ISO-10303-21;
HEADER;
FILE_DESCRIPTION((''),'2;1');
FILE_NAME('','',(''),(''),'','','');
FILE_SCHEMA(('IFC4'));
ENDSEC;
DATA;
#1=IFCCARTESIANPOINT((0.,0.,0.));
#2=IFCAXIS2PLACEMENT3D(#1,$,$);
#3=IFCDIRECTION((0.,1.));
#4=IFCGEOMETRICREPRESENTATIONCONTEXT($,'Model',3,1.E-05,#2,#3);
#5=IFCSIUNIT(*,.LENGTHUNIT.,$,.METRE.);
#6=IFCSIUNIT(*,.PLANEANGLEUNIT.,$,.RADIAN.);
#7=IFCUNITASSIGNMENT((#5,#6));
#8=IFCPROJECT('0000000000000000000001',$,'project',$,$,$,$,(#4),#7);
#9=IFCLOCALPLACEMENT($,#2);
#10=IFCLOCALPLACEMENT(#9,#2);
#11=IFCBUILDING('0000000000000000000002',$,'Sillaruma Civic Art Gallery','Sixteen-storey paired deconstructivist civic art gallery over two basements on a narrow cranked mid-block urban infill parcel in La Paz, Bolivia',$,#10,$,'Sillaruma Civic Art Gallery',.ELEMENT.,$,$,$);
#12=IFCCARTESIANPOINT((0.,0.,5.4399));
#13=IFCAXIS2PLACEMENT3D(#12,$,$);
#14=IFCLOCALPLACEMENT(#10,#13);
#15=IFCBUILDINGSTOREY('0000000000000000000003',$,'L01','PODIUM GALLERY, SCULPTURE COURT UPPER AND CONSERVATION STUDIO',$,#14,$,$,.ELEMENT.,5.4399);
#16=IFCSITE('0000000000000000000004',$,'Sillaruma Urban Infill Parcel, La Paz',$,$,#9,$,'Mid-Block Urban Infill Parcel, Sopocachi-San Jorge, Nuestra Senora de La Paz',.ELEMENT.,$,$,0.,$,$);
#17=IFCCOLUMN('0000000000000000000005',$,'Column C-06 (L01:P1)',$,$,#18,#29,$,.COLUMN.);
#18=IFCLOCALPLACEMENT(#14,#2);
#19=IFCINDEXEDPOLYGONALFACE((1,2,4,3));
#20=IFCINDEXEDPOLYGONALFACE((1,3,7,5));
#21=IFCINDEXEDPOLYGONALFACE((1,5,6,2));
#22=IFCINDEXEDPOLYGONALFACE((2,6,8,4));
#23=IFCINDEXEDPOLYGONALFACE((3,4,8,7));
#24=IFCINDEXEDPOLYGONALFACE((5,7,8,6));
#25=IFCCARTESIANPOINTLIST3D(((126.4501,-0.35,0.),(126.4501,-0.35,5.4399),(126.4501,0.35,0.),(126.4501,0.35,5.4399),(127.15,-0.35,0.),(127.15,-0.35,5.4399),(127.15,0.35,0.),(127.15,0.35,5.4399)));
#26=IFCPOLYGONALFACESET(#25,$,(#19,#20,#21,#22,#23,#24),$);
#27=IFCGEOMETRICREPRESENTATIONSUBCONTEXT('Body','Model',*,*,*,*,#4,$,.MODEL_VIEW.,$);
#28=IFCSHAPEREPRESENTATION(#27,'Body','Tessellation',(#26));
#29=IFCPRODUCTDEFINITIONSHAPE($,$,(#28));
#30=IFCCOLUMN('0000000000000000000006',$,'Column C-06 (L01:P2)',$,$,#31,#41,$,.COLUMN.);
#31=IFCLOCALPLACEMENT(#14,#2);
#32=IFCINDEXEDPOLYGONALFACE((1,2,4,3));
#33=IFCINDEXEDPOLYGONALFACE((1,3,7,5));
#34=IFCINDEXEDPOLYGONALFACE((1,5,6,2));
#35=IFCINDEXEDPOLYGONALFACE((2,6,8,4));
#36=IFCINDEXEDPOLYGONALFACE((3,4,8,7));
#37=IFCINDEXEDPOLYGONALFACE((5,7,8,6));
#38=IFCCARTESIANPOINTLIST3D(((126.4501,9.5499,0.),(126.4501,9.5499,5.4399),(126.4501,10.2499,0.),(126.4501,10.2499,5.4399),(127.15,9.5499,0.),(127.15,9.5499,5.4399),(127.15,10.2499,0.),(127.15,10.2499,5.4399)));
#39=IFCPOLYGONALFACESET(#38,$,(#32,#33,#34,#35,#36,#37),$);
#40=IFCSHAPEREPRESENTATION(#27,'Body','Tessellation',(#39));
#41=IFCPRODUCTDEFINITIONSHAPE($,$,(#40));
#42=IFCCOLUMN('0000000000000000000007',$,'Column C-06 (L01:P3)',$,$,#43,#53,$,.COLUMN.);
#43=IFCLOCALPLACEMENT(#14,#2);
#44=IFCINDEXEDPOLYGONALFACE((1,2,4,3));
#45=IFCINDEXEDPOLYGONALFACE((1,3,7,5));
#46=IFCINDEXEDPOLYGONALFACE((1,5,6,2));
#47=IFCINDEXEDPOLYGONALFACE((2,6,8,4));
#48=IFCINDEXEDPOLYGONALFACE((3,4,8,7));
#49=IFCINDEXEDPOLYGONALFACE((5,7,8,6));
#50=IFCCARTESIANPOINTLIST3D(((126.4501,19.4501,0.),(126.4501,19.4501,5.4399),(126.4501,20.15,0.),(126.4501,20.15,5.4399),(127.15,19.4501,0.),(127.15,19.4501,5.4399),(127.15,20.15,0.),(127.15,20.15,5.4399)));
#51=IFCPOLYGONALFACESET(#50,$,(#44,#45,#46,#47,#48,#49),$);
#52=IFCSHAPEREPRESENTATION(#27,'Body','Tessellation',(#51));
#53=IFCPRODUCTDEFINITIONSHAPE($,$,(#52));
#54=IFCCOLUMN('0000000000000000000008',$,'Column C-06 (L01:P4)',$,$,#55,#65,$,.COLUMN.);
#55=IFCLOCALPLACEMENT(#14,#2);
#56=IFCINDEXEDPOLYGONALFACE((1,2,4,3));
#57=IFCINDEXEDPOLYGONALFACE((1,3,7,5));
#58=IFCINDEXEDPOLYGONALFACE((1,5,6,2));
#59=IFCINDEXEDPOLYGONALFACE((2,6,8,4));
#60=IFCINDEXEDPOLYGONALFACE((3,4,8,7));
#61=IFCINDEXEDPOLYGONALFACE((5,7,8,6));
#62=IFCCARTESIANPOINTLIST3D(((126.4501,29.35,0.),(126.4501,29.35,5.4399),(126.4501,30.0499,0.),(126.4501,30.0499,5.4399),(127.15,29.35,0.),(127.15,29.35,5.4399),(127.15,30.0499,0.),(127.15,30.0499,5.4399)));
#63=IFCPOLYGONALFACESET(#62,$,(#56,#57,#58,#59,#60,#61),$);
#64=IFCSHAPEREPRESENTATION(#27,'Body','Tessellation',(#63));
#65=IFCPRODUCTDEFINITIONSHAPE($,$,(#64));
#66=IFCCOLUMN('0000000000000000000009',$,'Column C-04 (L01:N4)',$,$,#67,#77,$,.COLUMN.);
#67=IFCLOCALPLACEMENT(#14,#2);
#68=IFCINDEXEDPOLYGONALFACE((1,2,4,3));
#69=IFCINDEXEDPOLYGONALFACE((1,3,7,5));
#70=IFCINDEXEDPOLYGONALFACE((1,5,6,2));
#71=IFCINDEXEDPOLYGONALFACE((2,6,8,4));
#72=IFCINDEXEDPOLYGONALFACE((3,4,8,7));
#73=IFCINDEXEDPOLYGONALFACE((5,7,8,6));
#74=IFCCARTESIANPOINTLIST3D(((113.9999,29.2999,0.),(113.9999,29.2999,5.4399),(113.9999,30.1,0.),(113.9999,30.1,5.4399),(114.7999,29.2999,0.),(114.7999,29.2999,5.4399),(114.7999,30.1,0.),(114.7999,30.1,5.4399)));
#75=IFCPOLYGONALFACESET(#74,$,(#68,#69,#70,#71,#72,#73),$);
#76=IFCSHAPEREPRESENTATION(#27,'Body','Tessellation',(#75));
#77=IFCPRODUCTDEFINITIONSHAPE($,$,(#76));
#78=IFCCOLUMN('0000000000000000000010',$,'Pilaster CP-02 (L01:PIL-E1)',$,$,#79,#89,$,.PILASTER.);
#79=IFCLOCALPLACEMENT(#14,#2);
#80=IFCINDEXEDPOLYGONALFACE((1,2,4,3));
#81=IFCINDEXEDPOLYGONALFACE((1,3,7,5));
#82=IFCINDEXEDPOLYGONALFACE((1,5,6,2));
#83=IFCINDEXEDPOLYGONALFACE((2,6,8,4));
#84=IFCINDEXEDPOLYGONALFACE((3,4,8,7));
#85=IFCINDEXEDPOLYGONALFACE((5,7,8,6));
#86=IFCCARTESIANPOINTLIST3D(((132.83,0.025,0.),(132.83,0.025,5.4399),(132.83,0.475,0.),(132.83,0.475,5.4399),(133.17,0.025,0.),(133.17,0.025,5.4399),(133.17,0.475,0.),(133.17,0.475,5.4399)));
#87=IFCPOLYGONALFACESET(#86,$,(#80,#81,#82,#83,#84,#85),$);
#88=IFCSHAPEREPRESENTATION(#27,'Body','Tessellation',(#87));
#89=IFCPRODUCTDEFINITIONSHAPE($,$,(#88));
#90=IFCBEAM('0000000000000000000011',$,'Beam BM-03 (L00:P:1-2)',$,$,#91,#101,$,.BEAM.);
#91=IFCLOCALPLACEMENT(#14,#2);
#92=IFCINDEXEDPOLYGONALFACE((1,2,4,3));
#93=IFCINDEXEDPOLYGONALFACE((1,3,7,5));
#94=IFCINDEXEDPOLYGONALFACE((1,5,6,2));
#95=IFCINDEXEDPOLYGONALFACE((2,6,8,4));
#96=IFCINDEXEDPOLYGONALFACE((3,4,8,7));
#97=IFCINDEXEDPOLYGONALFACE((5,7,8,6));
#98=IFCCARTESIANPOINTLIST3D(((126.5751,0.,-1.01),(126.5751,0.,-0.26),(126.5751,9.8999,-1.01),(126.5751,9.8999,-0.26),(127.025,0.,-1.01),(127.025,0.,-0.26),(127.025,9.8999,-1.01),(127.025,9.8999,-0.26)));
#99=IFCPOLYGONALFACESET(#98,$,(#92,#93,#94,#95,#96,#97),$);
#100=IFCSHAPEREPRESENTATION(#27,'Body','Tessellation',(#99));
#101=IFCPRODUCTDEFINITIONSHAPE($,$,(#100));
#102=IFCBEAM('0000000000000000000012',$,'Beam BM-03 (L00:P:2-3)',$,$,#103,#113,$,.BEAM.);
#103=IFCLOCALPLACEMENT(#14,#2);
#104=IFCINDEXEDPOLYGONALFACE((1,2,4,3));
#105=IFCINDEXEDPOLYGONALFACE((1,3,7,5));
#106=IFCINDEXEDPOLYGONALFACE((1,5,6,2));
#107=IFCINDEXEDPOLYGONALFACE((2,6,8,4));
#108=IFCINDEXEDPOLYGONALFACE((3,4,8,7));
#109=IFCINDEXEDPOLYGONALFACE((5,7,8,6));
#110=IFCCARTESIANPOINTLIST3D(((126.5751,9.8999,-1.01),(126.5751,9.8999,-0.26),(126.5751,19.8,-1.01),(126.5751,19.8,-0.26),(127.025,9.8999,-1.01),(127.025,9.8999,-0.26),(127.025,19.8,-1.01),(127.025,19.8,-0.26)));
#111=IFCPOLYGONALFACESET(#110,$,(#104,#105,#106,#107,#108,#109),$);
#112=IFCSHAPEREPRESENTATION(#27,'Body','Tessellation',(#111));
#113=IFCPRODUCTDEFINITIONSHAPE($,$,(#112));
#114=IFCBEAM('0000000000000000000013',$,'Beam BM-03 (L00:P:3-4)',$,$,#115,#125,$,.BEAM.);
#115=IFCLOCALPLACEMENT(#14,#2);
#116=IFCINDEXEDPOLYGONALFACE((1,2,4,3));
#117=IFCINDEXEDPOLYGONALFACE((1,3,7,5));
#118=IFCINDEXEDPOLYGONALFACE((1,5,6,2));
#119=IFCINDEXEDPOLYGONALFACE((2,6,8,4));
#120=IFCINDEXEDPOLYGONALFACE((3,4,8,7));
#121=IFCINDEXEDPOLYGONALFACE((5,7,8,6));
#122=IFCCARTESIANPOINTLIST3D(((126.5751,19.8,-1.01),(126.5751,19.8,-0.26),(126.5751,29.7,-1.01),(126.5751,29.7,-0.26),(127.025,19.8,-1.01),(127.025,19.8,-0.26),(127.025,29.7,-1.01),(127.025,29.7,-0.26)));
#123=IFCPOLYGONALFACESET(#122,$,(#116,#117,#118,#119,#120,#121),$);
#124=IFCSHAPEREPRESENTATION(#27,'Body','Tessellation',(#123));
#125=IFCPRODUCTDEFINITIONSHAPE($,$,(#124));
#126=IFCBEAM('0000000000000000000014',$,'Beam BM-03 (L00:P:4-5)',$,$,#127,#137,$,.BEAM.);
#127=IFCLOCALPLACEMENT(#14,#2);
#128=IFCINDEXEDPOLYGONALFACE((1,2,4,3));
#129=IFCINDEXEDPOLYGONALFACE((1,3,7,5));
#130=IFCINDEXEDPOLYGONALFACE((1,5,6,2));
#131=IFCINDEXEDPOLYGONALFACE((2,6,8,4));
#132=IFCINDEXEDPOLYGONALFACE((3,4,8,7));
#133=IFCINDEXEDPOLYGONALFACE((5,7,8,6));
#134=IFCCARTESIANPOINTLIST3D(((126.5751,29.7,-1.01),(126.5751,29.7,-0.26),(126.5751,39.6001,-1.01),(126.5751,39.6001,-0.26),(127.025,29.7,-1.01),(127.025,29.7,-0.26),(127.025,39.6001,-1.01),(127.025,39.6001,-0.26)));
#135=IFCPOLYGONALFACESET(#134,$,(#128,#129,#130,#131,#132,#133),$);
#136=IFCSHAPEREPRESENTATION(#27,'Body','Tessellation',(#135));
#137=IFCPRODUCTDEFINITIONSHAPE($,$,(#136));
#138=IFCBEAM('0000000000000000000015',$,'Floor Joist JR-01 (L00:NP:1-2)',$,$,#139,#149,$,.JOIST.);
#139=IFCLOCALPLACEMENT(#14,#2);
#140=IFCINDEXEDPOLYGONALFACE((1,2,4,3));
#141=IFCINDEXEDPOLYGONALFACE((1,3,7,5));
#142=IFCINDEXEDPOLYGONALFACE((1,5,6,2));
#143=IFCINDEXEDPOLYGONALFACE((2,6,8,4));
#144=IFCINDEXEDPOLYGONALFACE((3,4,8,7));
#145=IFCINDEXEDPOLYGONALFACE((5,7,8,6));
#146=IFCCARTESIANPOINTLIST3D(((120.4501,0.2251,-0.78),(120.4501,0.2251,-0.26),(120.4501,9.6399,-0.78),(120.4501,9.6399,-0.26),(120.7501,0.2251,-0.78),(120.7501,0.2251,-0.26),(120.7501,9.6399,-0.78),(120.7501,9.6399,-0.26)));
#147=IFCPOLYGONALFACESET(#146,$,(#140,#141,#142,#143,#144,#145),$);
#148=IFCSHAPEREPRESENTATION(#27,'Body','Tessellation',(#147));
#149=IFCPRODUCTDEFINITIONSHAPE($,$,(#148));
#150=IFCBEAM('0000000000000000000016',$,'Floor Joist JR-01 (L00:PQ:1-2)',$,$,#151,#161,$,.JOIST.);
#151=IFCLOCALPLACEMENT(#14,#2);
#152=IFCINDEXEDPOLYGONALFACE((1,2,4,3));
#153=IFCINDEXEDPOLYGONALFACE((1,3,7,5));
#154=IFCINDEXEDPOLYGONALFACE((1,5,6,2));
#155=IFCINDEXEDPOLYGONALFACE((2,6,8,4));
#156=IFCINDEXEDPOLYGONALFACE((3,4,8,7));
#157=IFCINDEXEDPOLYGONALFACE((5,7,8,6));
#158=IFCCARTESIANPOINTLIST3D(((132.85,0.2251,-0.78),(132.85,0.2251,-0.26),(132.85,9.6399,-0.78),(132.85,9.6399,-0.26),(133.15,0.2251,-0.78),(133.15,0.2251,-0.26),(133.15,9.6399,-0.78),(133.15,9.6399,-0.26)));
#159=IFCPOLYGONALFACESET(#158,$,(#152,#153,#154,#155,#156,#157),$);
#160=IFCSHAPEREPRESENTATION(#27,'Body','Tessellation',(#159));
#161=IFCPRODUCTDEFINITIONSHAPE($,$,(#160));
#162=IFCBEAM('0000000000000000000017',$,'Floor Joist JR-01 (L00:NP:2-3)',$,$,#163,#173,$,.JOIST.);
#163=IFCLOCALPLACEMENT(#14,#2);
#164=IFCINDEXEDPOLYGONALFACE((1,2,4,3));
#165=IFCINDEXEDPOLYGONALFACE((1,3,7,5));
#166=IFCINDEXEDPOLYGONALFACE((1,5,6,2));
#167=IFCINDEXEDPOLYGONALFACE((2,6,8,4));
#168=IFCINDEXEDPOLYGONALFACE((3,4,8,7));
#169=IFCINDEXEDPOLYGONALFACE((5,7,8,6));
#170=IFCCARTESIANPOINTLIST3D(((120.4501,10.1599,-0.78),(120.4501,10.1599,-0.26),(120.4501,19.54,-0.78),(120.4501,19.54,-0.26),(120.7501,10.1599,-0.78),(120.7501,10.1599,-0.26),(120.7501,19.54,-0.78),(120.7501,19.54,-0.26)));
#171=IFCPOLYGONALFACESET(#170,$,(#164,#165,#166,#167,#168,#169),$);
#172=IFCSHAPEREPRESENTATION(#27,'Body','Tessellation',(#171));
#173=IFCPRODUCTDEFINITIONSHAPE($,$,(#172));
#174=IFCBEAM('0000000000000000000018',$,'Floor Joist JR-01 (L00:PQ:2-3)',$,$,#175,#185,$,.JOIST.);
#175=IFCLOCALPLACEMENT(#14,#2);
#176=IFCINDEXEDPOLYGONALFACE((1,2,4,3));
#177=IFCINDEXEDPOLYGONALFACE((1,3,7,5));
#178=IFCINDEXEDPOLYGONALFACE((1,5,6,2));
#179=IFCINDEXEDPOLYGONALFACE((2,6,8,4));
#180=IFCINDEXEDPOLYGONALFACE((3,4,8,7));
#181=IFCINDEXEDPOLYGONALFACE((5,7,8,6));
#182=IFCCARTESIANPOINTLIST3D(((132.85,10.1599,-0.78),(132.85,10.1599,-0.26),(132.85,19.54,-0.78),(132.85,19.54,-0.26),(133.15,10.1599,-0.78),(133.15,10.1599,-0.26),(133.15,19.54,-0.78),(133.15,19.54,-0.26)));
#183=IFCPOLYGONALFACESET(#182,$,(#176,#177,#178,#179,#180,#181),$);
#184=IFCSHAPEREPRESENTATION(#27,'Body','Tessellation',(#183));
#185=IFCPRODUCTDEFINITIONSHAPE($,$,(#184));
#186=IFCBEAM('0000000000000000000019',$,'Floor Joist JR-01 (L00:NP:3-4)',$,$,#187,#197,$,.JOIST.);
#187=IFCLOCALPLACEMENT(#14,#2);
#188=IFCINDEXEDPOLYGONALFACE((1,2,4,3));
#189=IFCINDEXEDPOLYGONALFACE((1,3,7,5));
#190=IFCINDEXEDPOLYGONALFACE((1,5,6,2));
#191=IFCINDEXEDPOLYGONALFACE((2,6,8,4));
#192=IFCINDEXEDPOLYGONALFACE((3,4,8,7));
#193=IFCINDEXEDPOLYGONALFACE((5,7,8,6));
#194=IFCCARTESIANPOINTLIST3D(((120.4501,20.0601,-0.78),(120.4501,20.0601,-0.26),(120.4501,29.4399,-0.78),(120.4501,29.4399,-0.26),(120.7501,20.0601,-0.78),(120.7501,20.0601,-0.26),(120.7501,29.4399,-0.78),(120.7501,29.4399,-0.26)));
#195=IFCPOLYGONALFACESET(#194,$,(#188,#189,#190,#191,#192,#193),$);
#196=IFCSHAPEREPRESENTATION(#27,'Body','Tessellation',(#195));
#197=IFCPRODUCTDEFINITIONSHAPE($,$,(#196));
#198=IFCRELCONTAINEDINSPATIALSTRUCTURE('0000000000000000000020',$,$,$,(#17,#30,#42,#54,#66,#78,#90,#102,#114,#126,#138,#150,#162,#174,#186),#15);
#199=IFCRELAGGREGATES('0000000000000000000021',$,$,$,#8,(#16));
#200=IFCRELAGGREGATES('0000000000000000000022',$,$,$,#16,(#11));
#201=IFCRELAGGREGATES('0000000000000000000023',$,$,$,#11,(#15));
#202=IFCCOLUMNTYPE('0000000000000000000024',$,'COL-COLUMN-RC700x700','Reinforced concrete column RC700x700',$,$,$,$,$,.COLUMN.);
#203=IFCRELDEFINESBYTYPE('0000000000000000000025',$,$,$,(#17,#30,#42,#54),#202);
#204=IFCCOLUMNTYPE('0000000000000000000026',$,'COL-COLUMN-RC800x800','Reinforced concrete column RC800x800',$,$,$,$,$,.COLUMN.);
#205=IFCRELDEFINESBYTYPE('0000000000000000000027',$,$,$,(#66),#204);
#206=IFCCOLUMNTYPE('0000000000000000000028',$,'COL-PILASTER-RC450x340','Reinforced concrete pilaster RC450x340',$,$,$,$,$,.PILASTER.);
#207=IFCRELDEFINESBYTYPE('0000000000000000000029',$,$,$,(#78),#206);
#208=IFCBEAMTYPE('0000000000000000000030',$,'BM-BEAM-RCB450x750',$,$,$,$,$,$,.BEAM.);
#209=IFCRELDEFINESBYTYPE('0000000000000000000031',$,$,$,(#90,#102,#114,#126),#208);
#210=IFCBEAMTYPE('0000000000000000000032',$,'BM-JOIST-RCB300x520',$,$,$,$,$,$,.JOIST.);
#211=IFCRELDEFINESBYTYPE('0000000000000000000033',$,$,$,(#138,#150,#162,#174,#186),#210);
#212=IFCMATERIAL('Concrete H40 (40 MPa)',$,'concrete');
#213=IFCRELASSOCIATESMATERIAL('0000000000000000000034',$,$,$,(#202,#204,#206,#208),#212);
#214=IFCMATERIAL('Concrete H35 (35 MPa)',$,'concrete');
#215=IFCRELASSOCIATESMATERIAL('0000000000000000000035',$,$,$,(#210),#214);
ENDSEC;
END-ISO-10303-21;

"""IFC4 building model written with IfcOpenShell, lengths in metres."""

from ifc_helpers import new_model, si_unit, direction, frame, origin, origin_2d, place, context, subcontext, project, spatial, rectangle, extrude, material, material_profile, profile_set, type_object, element, save


model = new_model("IFC4")

# Units and contexts
model_context = context("Model", 3, precision=1e-05, world=origin(), true_north=direction((0.0, 1.0)))
body_context = subcontext(model_context, "Body", "Model", "MODEL_VIEW")
ifc_project = project(units=[si_unit("LENGTHUNIT", "METRE"), si_unit("PLANEANGLEUNIT", "RADIAN")], contexts=[model_context])

# Site, building, storey
site_placement = place(None, origin())
site = spatial("IfcSite", under=ifc_project, at=site_placement, Name="Sillaruma Urban Infill Parcel, La Paz", LongName="Mid-Block Urban Infill Parcel, Sopocachi-San Jorge, Nuestra Senora de La Paz", CompositionType="ELEMENT", RefElevation=0.0)
building_placement = place(site_placement, origin())
building = spatial("IfcBuilding", under=site, at=building_placement, Name="Sillaruma Civic Art Gallery", Description="Sixteen-storey paired deconstructivist civic art gallery over two basements on a narrow cranked mid-block urban infill parcel in La Paz, Bolivia", LongName="Sillaruma Civic Art Gallery", CompositionType="ELEMENT")
storey_placement = place(building_placement, frame((0.0, 0.0, 5.4399)))
storey = spatial("IfcBuildingStorey", under=building, at=storey_placement, Name="L01", Description="PODIUM GALLERY, SCULPTURE COURT UPPER AND CONSERVATION STUDIO", CompositionType="ELEMENT", Elevation=5.4399)

# Columns
ifc_material_1 = material(Name="Concrete H40 (40 MPa)", Category="concrete")
ifc_material_profile_1 = material_profile(ifc_material_1, rectangle(XDim=0.7, YDim=0.7, at=origin_2d()), Name="RC700x700")
ifc_profile_set_1 = profile_set([ifc_material_profile_1], Name="Concrete H40 (40 MPa)")
column_type_1 = type_object("IfcColumnType", Name="COL-COLUMN-RC700x700", Description="Reinforced concrete column RC700x700", PredefinedType="COLUMN", material=ifc_profile_set_1)
for number, where, z_axis, x_axis, name in (
    (1, (126.8, 0.0, 0.0), (0.0, 0.0, 1.0), (1.0, 0.0, 0.0), "Column C-06 (L01:P1)"),
    (2, (126.8, 9.8999, 0.0), (0.0, 0.0, 1.0), (1.0, 0.0, 0.0), "Column C-06 (L01:P2)"),
    (3, (126.8, 19.8, 0.0), (0.0, 0.0, 1.0), (1.0, 0.0, 0.0), "Column C-06 (L01:P3)"),
    (4, (126.8, 29.7, 0.0), (0.0, 0.0, 1.0), (1.0, 0.0, 0.0), "Column C-06 (L01:P4)"),
):
    element("IfcColumn", number, at=place(storey_placement, frame(where, z_axis=z_axis, x_axis=x_axis)), inside=storey, type_object=column_type_1, Name=name, PredefinedType="COLUMN", context=body_context, shape_type="SweptSolid", body=[
        extrude(rectangle(XDim=0.7, YDim=0.7, at=origin_2d()), origin(), (0.0, 0.0, 1.0), 5.4399),
    ])
ifc_material_profile_2 = material_profile(ifc_material_1, rectangle(XDim=0.8, YDim=0.8, at=origin_2d()), Name="RC800x800")
ifc_profile_set_2 = profile_set([ifc_material_profile_2], Name="Concrete H40 (40 MPa)")
column_type_2 = type_object("IfcColumnType", Name="COL-COLUMN-RC800x800", Description="Reinforced concrete column RC800x800", PredefinedType="COLUMN", material=ifc_profile_set_2)
column_1_placement = place(storey_placement, frame((114.3999, 29.7, 0.0), z_axis=(0.0, 0.0, 1.0), x_axis=(1.0, 0.0, 0.0)))
element("IfcColumn", 5, at=column_1_placement, inside=storey, type_object=column_type_2, Name="Column C-04 (L01:N4)", PredefinedType="COLUMN", context=body_context, shape_type="SweptSolid", body=[
    extrude(rectangle(XDim=0.8, YDim=0.8, at=origin_2d()), origin(), (0.0, 0.0, 1.0), 5.4399),
])
ifc_material_profile_3 = material_profile(ifc_material_1, rectangle(XDim=0.3401, YDim=0.45, at=origin_2d()), Name="RC450x340")
ifc_profile_set_3 = profile_set([ifc_material_profile_3], Name="Concrete H40 (40 MPa)")
column_type_3 = type_object("IfcColumnType", Name="COL-PILASTER-RC450x340", Description="Reinforced concrete pilaster RC450x340", PredefinedType="PILASTER", material=ifc_profile_set_3)
column_2_placement = place(storey_placement, frame((133.0, 0.25, 0.0), z_axis=(0.0, 0.0, 1.0), x_axis=(1.0, 0.0, 0.0)))
element("IfcColumn", 6, at=column_2_placement, inside=storey, type_object=column_type_3, Name="Pilaster CP-02 (L01:PIL-E1)", PredefinedType="PILASTER", context=body_context, shape_type="SweptSolid", body=[
    extrude(rectangle(XDim=0.3401, YDim=0.45, at=origin_2d()), origin(), (0.0, 0.0, 1.0), 5.4399),
])

# Beams
ifc_material_profile_4 = material_profile(ifc_material_1, rectangle(XDim=0.45, YDim=0.75, at=origin_2d()), Name="RCB450x750")
ifc_profile_set_4 = profile_set([ifc_material_profile_4], Name="Concrete H40 (40 MPa)")
beam_type_1 = type_object("IfcBeamType", Name="BM-BEAM-RCB450x750", PredefinedType="BEAM", material=ifc_profile_set_4)
beam_1_placement = place(storey_placement, frame((126.8, 0.0, -0.635), z_axis=(0.0, 1.0, 0.0), x_axis=(-1.0, 0.0, 0.0)))
element("IfcBeam", 7, at=beam_1_placement, inside=storey, type_object=beam_type_1, Name="Beam BM-03 (L00:P:1-2)", PredefinedType="BEAM", context=body_context, shape_type="SweptSolid", body=[
    extrude(rectangle(XDim=0.45, YDim=0.75, at=origin_2d()), origin(), (0.0, 0.0, 1.0), 9.8999),
])
beam_2_placement = place(storey_placement, frame((126.8, 9.8999, -0.635), z_axis=(0.0, 1.0, 0.0), x_axis=(-1.0, 0.0, 0.0)))
element("IfcBeam", 8, at=beam_2_placement, inside=storey, type_object=beam_type_1, Name="Beam BM-03 (L00:P:2-3)", PredefinedType="BEAM", context=body_context, shape_type="SweptSolid", body=[
    extrude(rectangle(XDim=0.45, YDim=0.75, at=origin_2d()), origin(), (0.0, 0.0, 1.0), 9.9001),
])
beam_3_placement = place(storey_placement, frame((126.8, 19.8, -0.635), z_axis=(0.0, 1.0, 0.0), x_axis=(-1.0, 0.0, 0.0)))
element("IfcBeam", 9, at=beam_3_placement, inside=storey, type_object=beam_type_1, Name="Beam BM-03 (L00:P:3-4)", PredefinedType="BEAM", context=body_context, shape_type="SweptSolid", body=[
    extrude(rectangle(XDim=0.45, YDim=0.75, at=origin_2d()), origin(), (0.0, 0.0, 1.0), 9.8999),
])
beam_4_placement = place(storey_placement, frame((126.8, 29.7, -0.635), z_axis=(0.0, 1.0, 0.0), x_axis=(-1.0, 0.0, 0.0)))
element("IfcBeam", 10, at=beam_4_placement, inside=storey, type_object=beam_type_1, Name="Beam BM-03 (L00:P:4-5)", PredefinedType="BEAM", context=body_context, shape_type="SweptSolid", body=[
    extrude(rectangle(XDim=0.45, YDim=0.75, at=origin_2d()), origin(), (0.0, 0.0, 1.0), 9.9001),
])
ifc_material_2 = material(Name="Concrete H35 (35 MPa)", Category="concrete")
ifc_material_profile_5 = material_profile(ifc_material_2, rectangle(XDim=0.3, YDim=0.52, at=origin_2d()), Name="RCB300x520")
ifc_profile_set_5 = profile_set([ifc_material_profile_5], Name="Concrete H35 (35 MPa)")
beam_type_2 = type_object("IfcBeamType", Name="BM-JOIST-RCB300x520", PredefinedType="JOIST", material=ifc_profile_set_5)
for number, where, z_axis, x_axis, name in (
    (11, (120.6001, 0.2251, -0.52), (0.0, 1.0, 0.0), (-1.0, 0.0, 0.0), "Floor Joist JR-01 (L00:NP:1-2)"),
    (12, (133.0, 0.2251, -0.52), (0.0, 1.0, 0.0), (-1.0, 0.0, 0.0), "Floor Joist JR-01 (L00:PQ:1-2)"),
):
    element("IfcBeam", number, at=place(storey_placement, frame(where, z_axis=z_axis, x_axis=x_axis)), inside=storey, type_object=beam_type_2, Name=name, PredefinedType="JOIST", context=body_context, shape_type="SweptSolid", body=[
        extrude(rectangle(XDim=0.3, YDim=0.52, at=origin_2d()), origin(), (0.0, 0.0, 1.0), 9.4148),
    ])
for number, where, z_axis, x_axis, name in (
    (13, (120.6001, 10.1599, -0.52), (0.0, 1.0, 0.0), (-1.0, 0.0, 0.0), "Floor Joist JR-01 (L00:NP:2-3)"),
    (14, (133.0, 10.1599, -0.52), (0.0, 1.0, 0.0), (-1.0, 0.0, 0.0), "Floor Joist JR-01 (L00:PQ:2-3)"),
):
    element("IfcBeam", number, at=place(storey_placement, frame(where, z_axis=z_axis, x_axis=x_axis)), inside=storey, type_object=beam_type_2, Name=name, PredefinedType="JOIST", context=body_context, shape_type="SweptSolid", body=[
        extrude(rectangle(XDim=0.3, YDim=0.52, at=origin_2d()), origin(), (0.0, 0.0, 1.0), 9.3801),
    ])
beam_5_placement = place(storey_placement, frame((120.6001, 20.0601, -0.52), z_axis=(0.0, 1.0, 0.0), x_axis=(-1.0, 0.0, 0.0)))
element("IfcBeam", 15, at=beam_5_placement, inside=storey, type_object=beam_type_2, Name="Floor Joist JR-01 (L00:NP:3-4)", PredefinedType="JOIST", context=body_context, shape_type="SweptSolid", body=[
    extrude(rectangle(XDim=0.3, YDim=0.52, at=origin_2d()), origin(), (0.0, 0.0, 1.0), 9.3799),
])

save(model, "model.ifc")
